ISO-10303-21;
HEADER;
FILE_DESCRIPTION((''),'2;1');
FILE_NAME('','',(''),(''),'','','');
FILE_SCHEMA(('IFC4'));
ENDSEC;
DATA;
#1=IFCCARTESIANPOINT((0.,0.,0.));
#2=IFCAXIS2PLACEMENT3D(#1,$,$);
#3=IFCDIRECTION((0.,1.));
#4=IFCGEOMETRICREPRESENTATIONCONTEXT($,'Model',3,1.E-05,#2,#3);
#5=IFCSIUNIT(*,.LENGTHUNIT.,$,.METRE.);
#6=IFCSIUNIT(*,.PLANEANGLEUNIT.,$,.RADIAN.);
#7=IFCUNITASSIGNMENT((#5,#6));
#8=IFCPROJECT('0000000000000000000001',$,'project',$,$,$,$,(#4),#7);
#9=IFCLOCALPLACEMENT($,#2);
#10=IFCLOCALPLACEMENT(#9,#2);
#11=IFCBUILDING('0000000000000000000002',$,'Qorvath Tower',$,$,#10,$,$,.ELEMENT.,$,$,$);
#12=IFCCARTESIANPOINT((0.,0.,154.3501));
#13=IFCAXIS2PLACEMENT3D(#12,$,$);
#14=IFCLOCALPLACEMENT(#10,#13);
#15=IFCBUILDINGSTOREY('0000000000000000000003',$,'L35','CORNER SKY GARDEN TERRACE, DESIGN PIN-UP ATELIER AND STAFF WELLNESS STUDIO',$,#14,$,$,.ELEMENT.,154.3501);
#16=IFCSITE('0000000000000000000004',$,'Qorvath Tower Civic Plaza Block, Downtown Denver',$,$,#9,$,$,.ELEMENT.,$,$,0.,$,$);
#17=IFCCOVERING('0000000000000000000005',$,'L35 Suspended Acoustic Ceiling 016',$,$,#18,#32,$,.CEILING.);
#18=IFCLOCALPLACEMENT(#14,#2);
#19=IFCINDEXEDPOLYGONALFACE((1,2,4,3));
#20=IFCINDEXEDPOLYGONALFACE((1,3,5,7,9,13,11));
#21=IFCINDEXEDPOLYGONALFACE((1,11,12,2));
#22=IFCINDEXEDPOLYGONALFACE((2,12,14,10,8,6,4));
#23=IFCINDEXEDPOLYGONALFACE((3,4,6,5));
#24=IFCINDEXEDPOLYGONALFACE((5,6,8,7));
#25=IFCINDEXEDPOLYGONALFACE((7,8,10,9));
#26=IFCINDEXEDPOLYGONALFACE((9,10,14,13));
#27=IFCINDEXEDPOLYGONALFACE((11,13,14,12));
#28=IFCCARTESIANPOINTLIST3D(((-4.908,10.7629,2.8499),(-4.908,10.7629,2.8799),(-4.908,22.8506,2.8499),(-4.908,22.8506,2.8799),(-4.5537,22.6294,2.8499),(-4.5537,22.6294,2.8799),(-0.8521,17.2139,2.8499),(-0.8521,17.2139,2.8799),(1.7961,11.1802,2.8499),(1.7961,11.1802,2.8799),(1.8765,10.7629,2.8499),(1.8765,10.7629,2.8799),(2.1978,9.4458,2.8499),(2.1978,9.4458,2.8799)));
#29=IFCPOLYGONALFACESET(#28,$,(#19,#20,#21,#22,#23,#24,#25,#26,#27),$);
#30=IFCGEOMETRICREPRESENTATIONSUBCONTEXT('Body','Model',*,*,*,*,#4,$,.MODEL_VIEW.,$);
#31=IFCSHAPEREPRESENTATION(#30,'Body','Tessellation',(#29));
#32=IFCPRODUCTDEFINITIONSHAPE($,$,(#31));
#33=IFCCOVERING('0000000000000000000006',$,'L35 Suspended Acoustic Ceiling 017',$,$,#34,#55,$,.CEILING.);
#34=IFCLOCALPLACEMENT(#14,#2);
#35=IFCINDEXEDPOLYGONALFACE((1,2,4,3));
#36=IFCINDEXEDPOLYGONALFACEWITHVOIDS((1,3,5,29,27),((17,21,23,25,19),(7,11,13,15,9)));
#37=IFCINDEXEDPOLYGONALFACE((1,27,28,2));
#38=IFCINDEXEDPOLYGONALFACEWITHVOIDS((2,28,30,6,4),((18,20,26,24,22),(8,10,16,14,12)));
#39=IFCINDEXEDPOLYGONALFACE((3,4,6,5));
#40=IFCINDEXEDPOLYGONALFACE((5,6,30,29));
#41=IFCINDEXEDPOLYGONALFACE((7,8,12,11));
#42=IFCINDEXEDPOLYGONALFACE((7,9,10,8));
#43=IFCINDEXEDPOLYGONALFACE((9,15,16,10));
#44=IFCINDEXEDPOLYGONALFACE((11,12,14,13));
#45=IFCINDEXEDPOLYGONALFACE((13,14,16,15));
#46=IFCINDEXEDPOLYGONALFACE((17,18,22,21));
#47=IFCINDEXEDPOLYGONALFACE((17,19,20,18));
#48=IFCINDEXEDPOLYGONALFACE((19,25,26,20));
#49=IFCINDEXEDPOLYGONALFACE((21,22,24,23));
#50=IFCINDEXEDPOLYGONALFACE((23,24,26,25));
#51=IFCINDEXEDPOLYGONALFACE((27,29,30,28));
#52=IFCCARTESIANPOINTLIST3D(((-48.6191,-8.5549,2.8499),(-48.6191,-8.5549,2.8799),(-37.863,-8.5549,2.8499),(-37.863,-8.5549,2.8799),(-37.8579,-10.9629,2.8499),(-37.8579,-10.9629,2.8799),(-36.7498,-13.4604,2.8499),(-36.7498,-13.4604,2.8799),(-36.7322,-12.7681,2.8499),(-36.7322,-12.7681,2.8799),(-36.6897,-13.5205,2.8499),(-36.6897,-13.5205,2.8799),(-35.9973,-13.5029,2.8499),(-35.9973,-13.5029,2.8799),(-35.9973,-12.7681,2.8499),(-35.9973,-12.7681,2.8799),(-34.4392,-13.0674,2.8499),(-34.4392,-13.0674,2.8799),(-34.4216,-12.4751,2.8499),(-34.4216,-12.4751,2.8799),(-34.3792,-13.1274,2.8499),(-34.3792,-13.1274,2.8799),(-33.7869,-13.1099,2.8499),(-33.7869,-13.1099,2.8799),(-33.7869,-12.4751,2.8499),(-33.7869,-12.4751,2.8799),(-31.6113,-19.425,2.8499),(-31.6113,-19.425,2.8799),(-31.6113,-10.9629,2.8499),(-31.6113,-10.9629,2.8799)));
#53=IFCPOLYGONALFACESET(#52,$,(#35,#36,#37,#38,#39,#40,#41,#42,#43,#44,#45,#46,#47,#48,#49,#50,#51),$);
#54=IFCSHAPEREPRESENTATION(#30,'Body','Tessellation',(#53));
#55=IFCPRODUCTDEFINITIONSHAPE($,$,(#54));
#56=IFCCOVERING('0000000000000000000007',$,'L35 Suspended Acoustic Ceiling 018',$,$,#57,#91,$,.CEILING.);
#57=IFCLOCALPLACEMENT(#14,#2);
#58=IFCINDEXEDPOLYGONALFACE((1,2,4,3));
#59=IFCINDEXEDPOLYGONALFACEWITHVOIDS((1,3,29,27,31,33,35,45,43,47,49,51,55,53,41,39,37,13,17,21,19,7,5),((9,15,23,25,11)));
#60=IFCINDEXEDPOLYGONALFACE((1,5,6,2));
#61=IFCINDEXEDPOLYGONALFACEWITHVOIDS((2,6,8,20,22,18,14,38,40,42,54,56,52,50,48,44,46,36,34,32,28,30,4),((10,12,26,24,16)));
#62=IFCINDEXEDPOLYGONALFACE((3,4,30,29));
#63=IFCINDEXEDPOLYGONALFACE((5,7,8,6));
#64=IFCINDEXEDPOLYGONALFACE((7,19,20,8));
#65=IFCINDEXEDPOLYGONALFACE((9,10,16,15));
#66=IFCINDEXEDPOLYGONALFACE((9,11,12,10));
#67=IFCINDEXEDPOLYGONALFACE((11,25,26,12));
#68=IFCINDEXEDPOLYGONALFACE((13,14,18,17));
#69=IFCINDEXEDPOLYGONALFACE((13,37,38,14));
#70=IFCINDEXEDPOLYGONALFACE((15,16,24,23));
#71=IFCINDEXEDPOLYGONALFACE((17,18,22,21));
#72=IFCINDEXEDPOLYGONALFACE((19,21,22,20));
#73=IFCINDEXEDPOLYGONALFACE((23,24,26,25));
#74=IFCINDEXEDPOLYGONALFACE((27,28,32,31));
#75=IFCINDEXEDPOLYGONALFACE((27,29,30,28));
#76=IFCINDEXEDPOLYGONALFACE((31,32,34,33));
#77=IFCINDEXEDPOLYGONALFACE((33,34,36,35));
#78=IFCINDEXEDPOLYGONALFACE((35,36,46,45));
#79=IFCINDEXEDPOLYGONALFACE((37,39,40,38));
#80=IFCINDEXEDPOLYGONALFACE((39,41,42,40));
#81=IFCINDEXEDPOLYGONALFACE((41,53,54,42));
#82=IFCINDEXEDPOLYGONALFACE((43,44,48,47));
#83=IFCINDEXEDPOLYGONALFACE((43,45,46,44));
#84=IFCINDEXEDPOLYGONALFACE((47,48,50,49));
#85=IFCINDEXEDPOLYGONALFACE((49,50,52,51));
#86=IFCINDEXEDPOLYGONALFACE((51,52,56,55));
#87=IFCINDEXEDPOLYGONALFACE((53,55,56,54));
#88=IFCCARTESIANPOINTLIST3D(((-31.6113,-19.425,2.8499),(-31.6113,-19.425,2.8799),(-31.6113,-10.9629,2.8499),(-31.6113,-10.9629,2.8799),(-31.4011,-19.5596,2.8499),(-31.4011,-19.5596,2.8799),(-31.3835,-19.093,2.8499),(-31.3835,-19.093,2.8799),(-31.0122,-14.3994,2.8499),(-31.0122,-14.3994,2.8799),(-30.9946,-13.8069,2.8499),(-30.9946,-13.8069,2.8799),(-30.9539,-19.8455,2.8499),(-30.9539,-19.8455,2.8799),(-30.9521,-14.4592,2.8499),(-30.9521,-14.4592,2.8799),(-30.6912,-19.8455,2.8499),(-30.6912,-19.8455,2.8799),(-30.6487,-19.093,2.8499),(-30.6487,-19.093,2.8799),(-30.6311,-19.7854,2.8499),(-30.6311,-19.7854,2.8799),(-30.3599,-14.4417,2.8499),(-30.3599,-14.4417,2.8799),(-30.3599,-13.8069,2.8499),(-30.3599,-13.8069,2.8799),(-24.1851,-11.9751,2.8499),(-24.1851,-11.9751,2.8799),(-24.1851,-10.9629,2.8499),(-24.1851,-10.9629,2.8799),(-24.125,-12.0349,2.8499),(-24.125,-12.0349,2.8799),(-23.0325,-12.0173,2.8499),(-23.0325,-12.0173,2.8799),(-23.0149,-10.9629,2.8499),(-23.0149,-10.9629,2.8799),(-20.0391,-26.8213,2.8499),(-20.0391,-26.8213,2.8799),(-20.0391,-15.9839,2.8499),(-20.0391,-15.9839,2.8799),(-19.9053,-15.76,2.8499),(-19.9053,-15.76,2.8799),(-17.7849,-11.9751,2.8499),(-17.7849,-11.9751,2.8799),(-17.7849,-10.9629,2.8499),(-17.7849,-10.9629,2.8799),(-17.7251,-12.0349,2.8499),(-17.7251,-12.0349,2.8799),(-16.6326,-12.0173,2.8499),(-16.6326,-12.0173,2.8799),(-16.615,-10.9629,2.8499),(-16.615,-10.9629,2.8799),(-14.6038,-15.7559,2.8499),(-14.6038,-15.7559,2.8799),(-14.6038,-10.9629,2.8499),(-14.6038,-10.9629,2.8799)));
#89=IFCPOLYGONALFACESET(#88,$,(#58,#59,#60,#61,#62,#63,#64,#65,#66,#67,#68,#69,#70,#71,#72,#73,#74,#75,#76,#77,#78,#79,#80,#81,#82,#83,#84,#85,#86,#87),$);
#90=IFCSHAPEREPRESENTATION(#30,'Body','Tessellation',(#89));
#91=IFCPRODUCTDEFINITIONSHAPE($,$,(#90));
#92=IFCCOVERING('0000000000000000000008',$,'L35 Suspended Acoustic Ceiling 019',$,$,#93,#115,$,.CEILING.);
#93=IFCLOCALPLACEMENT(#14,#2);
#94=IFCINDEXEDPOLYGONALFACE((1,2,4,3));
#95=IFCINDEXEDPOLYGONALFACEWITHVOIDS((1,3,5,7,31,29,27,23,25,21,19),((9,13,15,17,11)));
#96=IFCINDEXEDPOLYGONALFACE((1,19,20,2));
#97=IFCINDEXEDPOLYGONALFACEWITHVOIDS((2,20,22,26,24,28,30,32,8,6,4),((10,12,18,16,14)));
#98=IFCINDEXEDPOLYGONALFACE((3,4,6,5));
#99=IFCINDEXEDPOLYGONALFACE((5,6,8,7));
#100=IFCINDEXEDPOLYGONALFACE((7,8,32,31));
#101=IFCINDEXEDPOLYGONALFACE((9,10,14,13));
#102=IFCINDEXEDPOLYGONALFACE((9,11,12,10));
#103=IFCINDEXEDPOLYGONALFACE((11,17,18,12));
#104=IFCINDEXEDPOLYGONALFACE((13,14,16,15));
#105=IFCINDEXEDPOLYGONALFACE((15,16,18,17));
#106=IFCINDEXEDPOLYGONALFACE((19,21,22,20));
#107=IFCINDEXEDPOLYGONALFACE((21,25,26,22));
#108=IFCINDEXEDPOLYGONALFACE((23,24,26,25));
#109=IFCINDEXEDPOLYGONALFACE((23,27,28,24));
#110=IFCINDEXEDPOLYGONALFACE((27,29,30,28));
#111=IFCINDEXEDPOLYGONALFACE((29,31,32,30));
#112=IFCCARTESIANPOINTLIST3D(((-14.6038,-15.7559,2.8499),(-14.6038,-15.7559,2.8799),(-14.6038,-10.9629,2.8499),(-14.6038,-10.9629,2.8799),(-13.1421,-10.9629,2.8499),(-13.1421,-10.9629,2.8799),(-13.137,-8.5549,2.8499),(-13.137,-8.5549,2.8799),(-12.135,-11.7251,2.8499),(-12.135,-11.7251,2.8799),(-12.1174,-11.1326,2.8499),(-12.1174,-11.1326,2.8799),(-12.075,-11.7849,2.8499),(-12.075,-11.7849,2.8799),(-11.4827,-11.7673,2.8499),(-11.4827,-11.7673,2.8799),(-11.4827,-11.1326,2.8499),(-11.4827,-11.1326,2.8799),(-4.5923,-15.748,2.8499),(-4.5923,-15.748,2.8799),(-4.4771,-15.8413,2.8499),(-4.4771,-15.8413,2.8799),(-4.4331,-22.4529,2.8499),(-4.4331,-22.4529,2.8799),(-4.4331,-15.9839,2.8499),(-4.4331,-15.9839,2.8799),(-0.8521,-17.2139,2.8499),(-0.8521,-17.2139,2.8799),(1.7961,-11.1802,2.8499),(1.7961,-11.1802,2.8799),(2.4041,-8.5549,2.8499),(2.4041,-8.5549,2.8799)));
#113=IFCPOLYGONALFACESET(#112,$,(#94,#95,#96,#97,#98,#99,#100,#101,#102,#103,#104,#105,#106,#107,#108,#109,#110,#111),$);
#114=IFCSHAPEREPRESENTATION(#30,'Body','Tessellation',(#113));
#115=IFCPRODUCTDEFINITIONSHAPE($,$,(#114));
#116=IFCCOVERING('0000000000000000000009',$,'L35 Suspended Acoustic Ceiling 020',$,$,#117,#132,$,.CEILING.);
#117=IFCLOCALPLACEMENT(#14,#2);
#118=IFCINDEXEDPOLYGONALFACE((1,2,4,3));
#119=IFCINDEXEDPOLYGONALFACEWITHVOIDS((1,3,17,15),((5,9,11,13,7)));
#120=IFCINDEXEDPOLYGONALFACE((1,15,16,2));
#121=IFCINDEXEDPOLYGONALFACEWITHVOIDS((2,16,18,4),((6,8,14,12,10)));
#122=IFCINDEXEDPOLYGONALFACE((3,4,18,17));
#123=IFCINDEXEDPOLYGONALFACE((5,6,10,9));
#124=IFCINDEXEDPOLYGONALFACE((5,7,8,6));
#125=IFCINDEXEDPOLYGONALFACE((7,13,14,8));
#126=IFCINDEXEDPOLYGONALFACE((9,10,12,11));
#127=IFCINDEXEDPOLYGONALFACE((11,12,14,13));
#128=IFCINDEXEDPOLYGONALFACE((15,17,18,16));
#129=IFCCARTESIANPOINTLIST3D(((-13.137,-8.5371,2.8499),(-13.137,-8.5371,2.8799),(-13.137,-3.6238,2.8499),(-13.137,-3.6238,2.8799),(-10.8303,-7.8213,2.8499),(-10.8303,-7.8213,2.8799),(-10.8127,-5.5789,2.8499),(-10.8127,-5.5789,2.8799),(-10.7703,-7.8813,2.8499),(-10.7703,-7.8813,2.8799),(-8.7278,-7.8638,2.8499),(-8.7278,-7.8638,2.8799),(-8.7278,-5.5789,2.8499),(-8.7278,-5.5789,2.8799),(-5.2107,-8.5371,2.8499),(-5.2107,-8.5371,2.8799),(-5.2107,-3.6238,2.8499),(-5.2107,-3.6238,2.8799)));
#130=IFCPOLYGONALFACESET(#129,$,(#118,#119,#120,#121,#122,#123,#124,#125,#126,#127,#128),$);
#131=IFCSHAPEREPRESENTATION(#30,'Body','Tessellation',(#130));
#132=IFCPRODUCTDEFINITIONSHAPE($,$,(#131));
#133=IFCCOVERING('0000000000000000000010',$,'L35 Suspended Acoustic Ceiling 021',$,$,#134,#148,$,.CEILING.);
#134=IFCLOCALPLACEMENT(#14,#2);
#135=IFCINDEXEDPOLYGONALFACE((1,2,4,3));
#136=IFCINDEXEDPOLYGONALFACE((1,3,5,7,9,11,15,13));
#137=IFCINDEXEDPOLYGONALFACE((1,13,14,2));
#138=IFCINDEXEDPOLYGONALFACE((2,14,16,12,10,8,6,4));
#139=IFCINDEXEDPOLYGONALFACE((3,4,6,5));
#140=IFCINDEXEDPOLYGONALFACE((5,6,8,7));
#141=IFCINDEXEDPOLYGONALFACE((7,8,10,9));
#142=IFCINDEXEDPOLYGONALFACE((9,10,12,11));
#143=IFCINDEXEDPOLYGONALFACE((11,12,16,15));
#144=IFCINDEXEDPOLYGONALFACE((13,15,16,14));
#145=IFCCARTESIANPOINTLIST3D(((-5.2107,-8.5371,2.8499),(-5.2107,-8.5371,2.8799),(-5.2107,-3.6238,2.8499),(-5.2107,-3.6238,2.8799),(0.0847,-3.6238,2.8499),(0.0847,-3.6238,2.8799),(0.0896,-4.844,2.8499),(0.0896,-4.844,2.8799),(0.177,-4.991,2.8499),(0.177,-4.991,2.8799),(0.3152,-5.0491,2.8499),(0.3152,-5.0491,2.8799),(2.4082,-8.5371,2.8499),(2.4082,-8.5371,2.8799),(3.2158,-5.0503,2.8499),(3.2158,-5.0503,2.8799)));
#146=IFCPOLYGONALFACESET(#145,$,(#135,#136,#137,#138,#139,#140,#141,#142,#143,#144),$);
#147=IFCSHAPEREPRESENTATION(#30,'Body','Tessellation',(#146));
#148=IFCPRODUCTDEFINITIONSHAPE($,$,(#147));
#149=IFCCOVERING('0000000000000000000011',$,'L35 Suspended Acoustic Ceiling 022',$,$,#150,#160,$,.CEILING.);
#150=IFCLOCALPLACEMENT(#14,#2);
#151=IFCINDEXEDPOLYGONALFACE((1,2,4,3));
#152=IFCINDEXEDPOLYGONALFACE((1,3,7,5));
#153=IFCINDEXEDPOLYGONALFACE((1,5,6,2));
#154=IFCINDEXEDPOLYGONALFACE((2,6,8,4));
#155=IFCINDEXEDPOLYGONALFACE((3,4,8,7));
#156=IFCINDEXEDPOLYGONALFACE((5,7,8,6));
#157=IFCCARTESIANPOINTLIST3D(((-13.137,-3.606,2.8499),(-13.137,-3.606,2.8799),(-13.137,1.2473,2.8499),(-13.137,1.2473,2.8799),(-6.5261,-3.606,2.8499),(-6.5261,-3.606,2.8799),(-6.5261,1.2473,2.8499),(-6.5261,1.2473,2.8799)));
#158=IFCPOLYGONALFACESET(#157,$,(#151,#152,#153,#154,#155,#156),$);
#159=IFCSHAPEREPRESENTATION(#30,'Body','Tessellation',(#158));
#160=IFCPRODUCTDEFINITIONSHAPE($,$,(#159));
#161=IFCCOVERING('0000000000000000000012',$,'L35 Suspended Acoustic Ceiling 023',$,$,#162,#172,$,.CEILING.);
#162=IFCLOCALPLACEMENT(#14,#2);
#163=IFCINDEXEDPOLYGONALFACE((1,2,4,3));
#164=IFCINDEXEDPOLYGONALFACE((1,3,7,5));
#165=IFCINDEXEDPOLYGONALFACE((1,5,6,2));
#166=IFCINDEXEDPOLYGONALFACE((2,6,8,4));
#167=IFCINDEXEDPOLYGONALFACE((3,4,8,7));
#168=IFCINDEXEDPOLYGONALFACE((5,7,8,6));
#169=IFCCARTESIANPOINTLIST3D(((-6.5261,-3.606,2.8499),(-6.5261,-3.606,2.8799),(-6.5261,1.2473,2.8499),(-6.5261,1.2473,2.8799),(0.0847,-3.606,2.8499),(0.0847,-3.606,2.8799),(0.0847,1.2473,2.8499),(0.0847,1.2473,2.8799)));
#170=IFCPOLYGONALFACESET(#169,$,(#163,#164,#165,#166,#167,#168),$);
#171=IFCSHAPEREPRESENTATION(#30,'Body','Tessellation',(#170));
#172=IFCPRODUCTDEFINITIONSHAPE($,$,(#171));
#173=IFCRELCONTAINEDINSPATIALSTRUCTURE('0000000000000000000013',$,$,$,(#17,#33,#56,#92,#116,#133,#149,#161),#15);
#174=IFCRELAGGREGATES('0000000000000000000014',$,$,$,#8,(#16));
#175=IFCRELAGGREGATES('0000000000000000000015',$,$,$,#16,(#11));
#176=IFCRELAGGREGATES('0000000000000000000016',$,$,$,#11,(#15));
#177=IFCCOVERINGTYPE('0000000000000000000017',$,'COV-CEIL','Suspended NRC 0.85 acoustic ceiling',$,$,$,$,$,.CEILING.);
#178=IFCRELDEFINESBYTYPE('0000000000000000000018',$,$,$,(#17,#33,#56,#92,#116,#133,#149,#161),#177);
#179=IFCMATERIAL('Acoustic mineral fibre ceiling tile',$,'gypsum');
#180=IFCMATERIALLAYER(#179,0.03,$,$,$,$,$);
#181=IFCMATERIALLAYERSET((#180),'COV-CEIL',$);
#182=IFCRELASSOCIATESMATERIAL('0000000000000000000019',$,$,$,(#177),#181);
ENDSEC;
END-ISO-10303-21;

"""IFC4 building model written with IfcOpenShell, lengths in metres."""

from ifc_helpers import new_model, si_unit, direction, frame, origin, place, context, subcontext, project, spatial, polyline, outline, extrude, material, layer, layer_set, type_object, element, save


model = new_model("IFC4")

# Units and contexts
model_context = context("Model", 3, precision=1e-05, world=origin(), true_north=direction((0.0, 1.0)))
body_context = subcontext(model_context, "Body", "Model", "MODEL_VIEW")
ifc_project = project(units=[si_unit("LENGTHUNIT", "METRE"), si_unit("PLANEANGLEUNIT", "RADIAN")], contexts=[model_context])

# Site, building, storey
site_placement = place(None, origin())
site = spatial("IfcSite", under=ifc_project, at=site_placement, Name="Qorvath Tower Civic Plaza Block, Downtown Denver", CompositionType="ELEMENT", RefElevation=0.0)
building_placement = place(site_placement, origin())
building = spatial("IfcBuilding", under=site, at=building_placement, Name="Qorvath Tower", CompositionType="ELEMENT")
storey_placement = place(building_placement, frame((0.0, 0.0, 154.3501)))
storey = spatial("IfcBuildingStorey", under=building, at=storey_placement, Name="L35", Description="CORNER SKY GARDEN TERRACE, DESIGN PIN-UP ATELIER AND STAFF WELLNESS STUDIO", CompositionType="ELEMENT", Elevation=154.3501)

# Coverings
ifc_material_1 = material(Name="Acoustic mineral fibre ceiling tile", Category="gypsum")
ifc_layer_1 = layer(ifc_material_1, 0.03)
ifc_layer_set_1 = layer_set([ifc_layer_1], Name="COV-CEIL")
covering_type_1 = type_object("IfcCoveringType", Name="COV-CEIL", Description="Suspended NRC 0.85 acoustic ceiling", PredefinedType="CEILING", material=ifc_layer_set_1)
covering_1_placement = place(storey_placement, frame((0.0, 0.0, 2.8499)))
element("IfcCovering", 1, at=covering_1_placement, inside=storey, type_object=covering_type_1, Name="L35 Suspended Acoustic Ceiling 016", PredefinedType="CEILING", context=body_context, shape_type="SweptSolid", body=[
    extrude(outline(polyline([(-0.8521, 17.2139), (-4.5537, 22.6294), (-4.908, 22.8506), (-4.908, 10.7629), (1.8765, 10.7629), (2.1978, 9.4458), (1.7961, 11.1802), (-0.8521, 17.2139)])), origin(), (0.0, 0.0, 1.0), 0.03),
])
covering_2_placement = place(storey_placement, frame((0.0, 0.0, 2.8499)))
element("IfcCovering", 2, at=covering_2_placement, inside=storey, type_object=covering_type_1, Name="L35 Suspended Acoustic Ceiling 017", PredefinedType="CEILING", context=body_context, shape_type="SweptSolid", body=[
    extrude(outline(polyline([(-31.6113, -19.425), (-31.6113, -10.9629), (-37.8579, -10.9629), (-37.863, -8.5549), (-48.6191, -8.5549), (-31.6113, -19.425)]), holes=[polyline([(-34.4392, -13.0674), (-34.4216, -12.4751), (-33.7869, -12.4751), (-33.7869, -13.1099), (-34.3792, -13.1274), (-34.4392, -13.0674)]), polyline([(-36.7498, -13.4604), (-36.7322, -12.7681), (-35.9973, -12.7681), (-35.9973, -13.5029), (-36.6897, -13.5205), (-36.7498, -13.4604)])]), origin(), (0.0, 0.0, 1.0), 0.03),
])
covering_3_placement = place(storey_placement, frame((0.0, 0.0, 2.8499)))
element("IfcCovering", 3, at=covering_3_placement, inside=storey, type_object=covering_type_1, Name="L35 Suspended Acoustic Ceiling 018", PredefinedType="CEILING", context=body_context, shape_type="SweptSolid", body=[
    extrude(outline(polyline([(-14.6038, -15.7559), (-14.6038, -10.9629), (-16.615, -10.9629), (-16.6326, -12.0173), (-17.7251, -12.0349), (-17.7849, -11.9751), (-17.7849, -10.9629), (-23.0149, -10.9629), (-23.0325, -12.0173), (-24.125, -12.0349), (-24.1851, -11.9751), (-24.1851, -10.9629), (-31.6113, -10.9629), (-31.6113, -19.425), (-31.4011, -19.5596), (-31.3835, -19.093), (-30.6487, -19.093), (-30.6311, -19.7854), (-30.6912, -19.8455), (-30.9539, -19.8455), (-20.0391, -26.8213), (-20.0391, -15.9839), (-19.9053, -15.76), (-14.6038, -15.7559)]), holes=[polyline([(-31.0122, -14.3994), (-30.9946, -13.8069), (-30.3599, -13.8069), (-30.3599, -14.4417), (-30.9521, -14.4592), (-31.0122, -14.3994)])]), origin(), (0.0, 0.0, 1.0), 0.03),
])
covering_4_placement = place(storey_placement, frame((0.0, 0.0, 2.8499)))
element("IfcCovering", 4, at=covering_4_placement, inside=storey, type_object=covering_type_1, Name="L35 Suspended Acoustic Ceiling 019", PredefinedType="CEILING", context=body_context, shape_type="SweptSolid", body=[
    extrude(outline(polyline([(-4.4331, -15.9839), (-4.4331, -22.4529), (-0.8521, -17.2139), (1.7961, -11.1802), (2.4041, -8.5549), (-13.137, -8.5549), (-13.1421, -10.9629), (-14.6038, -10.9629), (-14.6038, -15.7559), (-4.5923, -15.748), (-4.4771, -15.8413), (-4.4331, -15.9839)]), holes=[polyline([(-12.135, -11.7251), (-12.1174, -11.1326), (-11.4827, -11.1326), (-11.4827, -11.7673), (-12.075, -11.7849), (-12.135, -11.7251)])]), origin(), (0.0, 0.0, 1.0), 0.03),
])
covering_5_placement = place(storey_placement, frame((0.0, 0.0, 2.8499)))
element("IfcCovering", 5, at=covering_5_placement, inside=storey, type_object=covering_type_1, Name="L35 Suspended Acoustic Ceiling 020", PredefinedType="CEILING", context=body_context, shape_type="SweptSolid", body=[
    extrude(outline(polyline([(-5.2107, -8.5371), (-5.2107, -3.6238), (-13.137, -3.6238), (-13.137, -8.5371), (-5.2107, -8.5371)]), holes=[polyline([(-10.8303, -7.8213), (-10.8127, -5.5789), (-8.7278, -5.5789), (-8.7278, -7.8638), (-10.7703, -7.8813), (-10.8303, -7.8213)])]), origin(), (0.0, 0.0, 1.0), 0.03),
])
covering_6_placement = place(storey_placement, frame((0.0, 0.0, 2.8499)))
element("IfcCovering", 6, at=covering_6_placement, inside=storey, type_object=covering_type_1, Name="L35 Suspended Acoustic Ceiling 021", PredefinedType="CEILING", context=body_context, shape_type="SweptSolid", body=[
    extrude(outline(polyline([(0.177, -4.991), (0.0896, -4.844), (0.0847, -3.6238), (-5.2107, -3.6238), (-5.2107, -8.5371), (2.4082, -8.5371), (3.2158, -5.0503), (0.3152, -5.0491), (0.177, -4.991)])), origin(), (0.0, 0.0, 1.0), 0.03),
])
covering_7_placement = place(storey_placement, frame((0.0, 0.0, 2.8499)))
element("IfcCovering", 7, at=covering_7_placement, inside=storey, type_object=covering_type_1, Name="L35 Suspended Acoustic Ceiling 022", PredefinedType="CEILING", context=body_context, shape_type="SweptSolid", body=[
    extrude(outline(polyline([(-13.137, -3.606), (-6.5261, -3.606), (-6.5261, 1.2473), (-13.137, 1.2473), (-13.137, -3.606)])), origin(), (0.0, 0.0, 1.0), 0.03),
])
covering_8_placement = place(storey_placement, frame((0.0, 0.0, 2.8499)))
element("IfcCovering", 8, at=covering_8_placement, inside=storey, type_object=covering_type_1, Name="L35 Suspended Acoustic Ceiling 023", PredefinedType="CEILING", context=body_context, shape_type="SweptSolid", body=[
    extrude(outline(polyline([(-6.5261, 1.2473), (-6.5261, -3.606), (0.0847, -3.606), (0.0847, 1.2473), (-6.5261, 1.2473)])), origin(), (0.0, 0.0, 1.0), 0.03),
])

save(model, "model.ifc")
